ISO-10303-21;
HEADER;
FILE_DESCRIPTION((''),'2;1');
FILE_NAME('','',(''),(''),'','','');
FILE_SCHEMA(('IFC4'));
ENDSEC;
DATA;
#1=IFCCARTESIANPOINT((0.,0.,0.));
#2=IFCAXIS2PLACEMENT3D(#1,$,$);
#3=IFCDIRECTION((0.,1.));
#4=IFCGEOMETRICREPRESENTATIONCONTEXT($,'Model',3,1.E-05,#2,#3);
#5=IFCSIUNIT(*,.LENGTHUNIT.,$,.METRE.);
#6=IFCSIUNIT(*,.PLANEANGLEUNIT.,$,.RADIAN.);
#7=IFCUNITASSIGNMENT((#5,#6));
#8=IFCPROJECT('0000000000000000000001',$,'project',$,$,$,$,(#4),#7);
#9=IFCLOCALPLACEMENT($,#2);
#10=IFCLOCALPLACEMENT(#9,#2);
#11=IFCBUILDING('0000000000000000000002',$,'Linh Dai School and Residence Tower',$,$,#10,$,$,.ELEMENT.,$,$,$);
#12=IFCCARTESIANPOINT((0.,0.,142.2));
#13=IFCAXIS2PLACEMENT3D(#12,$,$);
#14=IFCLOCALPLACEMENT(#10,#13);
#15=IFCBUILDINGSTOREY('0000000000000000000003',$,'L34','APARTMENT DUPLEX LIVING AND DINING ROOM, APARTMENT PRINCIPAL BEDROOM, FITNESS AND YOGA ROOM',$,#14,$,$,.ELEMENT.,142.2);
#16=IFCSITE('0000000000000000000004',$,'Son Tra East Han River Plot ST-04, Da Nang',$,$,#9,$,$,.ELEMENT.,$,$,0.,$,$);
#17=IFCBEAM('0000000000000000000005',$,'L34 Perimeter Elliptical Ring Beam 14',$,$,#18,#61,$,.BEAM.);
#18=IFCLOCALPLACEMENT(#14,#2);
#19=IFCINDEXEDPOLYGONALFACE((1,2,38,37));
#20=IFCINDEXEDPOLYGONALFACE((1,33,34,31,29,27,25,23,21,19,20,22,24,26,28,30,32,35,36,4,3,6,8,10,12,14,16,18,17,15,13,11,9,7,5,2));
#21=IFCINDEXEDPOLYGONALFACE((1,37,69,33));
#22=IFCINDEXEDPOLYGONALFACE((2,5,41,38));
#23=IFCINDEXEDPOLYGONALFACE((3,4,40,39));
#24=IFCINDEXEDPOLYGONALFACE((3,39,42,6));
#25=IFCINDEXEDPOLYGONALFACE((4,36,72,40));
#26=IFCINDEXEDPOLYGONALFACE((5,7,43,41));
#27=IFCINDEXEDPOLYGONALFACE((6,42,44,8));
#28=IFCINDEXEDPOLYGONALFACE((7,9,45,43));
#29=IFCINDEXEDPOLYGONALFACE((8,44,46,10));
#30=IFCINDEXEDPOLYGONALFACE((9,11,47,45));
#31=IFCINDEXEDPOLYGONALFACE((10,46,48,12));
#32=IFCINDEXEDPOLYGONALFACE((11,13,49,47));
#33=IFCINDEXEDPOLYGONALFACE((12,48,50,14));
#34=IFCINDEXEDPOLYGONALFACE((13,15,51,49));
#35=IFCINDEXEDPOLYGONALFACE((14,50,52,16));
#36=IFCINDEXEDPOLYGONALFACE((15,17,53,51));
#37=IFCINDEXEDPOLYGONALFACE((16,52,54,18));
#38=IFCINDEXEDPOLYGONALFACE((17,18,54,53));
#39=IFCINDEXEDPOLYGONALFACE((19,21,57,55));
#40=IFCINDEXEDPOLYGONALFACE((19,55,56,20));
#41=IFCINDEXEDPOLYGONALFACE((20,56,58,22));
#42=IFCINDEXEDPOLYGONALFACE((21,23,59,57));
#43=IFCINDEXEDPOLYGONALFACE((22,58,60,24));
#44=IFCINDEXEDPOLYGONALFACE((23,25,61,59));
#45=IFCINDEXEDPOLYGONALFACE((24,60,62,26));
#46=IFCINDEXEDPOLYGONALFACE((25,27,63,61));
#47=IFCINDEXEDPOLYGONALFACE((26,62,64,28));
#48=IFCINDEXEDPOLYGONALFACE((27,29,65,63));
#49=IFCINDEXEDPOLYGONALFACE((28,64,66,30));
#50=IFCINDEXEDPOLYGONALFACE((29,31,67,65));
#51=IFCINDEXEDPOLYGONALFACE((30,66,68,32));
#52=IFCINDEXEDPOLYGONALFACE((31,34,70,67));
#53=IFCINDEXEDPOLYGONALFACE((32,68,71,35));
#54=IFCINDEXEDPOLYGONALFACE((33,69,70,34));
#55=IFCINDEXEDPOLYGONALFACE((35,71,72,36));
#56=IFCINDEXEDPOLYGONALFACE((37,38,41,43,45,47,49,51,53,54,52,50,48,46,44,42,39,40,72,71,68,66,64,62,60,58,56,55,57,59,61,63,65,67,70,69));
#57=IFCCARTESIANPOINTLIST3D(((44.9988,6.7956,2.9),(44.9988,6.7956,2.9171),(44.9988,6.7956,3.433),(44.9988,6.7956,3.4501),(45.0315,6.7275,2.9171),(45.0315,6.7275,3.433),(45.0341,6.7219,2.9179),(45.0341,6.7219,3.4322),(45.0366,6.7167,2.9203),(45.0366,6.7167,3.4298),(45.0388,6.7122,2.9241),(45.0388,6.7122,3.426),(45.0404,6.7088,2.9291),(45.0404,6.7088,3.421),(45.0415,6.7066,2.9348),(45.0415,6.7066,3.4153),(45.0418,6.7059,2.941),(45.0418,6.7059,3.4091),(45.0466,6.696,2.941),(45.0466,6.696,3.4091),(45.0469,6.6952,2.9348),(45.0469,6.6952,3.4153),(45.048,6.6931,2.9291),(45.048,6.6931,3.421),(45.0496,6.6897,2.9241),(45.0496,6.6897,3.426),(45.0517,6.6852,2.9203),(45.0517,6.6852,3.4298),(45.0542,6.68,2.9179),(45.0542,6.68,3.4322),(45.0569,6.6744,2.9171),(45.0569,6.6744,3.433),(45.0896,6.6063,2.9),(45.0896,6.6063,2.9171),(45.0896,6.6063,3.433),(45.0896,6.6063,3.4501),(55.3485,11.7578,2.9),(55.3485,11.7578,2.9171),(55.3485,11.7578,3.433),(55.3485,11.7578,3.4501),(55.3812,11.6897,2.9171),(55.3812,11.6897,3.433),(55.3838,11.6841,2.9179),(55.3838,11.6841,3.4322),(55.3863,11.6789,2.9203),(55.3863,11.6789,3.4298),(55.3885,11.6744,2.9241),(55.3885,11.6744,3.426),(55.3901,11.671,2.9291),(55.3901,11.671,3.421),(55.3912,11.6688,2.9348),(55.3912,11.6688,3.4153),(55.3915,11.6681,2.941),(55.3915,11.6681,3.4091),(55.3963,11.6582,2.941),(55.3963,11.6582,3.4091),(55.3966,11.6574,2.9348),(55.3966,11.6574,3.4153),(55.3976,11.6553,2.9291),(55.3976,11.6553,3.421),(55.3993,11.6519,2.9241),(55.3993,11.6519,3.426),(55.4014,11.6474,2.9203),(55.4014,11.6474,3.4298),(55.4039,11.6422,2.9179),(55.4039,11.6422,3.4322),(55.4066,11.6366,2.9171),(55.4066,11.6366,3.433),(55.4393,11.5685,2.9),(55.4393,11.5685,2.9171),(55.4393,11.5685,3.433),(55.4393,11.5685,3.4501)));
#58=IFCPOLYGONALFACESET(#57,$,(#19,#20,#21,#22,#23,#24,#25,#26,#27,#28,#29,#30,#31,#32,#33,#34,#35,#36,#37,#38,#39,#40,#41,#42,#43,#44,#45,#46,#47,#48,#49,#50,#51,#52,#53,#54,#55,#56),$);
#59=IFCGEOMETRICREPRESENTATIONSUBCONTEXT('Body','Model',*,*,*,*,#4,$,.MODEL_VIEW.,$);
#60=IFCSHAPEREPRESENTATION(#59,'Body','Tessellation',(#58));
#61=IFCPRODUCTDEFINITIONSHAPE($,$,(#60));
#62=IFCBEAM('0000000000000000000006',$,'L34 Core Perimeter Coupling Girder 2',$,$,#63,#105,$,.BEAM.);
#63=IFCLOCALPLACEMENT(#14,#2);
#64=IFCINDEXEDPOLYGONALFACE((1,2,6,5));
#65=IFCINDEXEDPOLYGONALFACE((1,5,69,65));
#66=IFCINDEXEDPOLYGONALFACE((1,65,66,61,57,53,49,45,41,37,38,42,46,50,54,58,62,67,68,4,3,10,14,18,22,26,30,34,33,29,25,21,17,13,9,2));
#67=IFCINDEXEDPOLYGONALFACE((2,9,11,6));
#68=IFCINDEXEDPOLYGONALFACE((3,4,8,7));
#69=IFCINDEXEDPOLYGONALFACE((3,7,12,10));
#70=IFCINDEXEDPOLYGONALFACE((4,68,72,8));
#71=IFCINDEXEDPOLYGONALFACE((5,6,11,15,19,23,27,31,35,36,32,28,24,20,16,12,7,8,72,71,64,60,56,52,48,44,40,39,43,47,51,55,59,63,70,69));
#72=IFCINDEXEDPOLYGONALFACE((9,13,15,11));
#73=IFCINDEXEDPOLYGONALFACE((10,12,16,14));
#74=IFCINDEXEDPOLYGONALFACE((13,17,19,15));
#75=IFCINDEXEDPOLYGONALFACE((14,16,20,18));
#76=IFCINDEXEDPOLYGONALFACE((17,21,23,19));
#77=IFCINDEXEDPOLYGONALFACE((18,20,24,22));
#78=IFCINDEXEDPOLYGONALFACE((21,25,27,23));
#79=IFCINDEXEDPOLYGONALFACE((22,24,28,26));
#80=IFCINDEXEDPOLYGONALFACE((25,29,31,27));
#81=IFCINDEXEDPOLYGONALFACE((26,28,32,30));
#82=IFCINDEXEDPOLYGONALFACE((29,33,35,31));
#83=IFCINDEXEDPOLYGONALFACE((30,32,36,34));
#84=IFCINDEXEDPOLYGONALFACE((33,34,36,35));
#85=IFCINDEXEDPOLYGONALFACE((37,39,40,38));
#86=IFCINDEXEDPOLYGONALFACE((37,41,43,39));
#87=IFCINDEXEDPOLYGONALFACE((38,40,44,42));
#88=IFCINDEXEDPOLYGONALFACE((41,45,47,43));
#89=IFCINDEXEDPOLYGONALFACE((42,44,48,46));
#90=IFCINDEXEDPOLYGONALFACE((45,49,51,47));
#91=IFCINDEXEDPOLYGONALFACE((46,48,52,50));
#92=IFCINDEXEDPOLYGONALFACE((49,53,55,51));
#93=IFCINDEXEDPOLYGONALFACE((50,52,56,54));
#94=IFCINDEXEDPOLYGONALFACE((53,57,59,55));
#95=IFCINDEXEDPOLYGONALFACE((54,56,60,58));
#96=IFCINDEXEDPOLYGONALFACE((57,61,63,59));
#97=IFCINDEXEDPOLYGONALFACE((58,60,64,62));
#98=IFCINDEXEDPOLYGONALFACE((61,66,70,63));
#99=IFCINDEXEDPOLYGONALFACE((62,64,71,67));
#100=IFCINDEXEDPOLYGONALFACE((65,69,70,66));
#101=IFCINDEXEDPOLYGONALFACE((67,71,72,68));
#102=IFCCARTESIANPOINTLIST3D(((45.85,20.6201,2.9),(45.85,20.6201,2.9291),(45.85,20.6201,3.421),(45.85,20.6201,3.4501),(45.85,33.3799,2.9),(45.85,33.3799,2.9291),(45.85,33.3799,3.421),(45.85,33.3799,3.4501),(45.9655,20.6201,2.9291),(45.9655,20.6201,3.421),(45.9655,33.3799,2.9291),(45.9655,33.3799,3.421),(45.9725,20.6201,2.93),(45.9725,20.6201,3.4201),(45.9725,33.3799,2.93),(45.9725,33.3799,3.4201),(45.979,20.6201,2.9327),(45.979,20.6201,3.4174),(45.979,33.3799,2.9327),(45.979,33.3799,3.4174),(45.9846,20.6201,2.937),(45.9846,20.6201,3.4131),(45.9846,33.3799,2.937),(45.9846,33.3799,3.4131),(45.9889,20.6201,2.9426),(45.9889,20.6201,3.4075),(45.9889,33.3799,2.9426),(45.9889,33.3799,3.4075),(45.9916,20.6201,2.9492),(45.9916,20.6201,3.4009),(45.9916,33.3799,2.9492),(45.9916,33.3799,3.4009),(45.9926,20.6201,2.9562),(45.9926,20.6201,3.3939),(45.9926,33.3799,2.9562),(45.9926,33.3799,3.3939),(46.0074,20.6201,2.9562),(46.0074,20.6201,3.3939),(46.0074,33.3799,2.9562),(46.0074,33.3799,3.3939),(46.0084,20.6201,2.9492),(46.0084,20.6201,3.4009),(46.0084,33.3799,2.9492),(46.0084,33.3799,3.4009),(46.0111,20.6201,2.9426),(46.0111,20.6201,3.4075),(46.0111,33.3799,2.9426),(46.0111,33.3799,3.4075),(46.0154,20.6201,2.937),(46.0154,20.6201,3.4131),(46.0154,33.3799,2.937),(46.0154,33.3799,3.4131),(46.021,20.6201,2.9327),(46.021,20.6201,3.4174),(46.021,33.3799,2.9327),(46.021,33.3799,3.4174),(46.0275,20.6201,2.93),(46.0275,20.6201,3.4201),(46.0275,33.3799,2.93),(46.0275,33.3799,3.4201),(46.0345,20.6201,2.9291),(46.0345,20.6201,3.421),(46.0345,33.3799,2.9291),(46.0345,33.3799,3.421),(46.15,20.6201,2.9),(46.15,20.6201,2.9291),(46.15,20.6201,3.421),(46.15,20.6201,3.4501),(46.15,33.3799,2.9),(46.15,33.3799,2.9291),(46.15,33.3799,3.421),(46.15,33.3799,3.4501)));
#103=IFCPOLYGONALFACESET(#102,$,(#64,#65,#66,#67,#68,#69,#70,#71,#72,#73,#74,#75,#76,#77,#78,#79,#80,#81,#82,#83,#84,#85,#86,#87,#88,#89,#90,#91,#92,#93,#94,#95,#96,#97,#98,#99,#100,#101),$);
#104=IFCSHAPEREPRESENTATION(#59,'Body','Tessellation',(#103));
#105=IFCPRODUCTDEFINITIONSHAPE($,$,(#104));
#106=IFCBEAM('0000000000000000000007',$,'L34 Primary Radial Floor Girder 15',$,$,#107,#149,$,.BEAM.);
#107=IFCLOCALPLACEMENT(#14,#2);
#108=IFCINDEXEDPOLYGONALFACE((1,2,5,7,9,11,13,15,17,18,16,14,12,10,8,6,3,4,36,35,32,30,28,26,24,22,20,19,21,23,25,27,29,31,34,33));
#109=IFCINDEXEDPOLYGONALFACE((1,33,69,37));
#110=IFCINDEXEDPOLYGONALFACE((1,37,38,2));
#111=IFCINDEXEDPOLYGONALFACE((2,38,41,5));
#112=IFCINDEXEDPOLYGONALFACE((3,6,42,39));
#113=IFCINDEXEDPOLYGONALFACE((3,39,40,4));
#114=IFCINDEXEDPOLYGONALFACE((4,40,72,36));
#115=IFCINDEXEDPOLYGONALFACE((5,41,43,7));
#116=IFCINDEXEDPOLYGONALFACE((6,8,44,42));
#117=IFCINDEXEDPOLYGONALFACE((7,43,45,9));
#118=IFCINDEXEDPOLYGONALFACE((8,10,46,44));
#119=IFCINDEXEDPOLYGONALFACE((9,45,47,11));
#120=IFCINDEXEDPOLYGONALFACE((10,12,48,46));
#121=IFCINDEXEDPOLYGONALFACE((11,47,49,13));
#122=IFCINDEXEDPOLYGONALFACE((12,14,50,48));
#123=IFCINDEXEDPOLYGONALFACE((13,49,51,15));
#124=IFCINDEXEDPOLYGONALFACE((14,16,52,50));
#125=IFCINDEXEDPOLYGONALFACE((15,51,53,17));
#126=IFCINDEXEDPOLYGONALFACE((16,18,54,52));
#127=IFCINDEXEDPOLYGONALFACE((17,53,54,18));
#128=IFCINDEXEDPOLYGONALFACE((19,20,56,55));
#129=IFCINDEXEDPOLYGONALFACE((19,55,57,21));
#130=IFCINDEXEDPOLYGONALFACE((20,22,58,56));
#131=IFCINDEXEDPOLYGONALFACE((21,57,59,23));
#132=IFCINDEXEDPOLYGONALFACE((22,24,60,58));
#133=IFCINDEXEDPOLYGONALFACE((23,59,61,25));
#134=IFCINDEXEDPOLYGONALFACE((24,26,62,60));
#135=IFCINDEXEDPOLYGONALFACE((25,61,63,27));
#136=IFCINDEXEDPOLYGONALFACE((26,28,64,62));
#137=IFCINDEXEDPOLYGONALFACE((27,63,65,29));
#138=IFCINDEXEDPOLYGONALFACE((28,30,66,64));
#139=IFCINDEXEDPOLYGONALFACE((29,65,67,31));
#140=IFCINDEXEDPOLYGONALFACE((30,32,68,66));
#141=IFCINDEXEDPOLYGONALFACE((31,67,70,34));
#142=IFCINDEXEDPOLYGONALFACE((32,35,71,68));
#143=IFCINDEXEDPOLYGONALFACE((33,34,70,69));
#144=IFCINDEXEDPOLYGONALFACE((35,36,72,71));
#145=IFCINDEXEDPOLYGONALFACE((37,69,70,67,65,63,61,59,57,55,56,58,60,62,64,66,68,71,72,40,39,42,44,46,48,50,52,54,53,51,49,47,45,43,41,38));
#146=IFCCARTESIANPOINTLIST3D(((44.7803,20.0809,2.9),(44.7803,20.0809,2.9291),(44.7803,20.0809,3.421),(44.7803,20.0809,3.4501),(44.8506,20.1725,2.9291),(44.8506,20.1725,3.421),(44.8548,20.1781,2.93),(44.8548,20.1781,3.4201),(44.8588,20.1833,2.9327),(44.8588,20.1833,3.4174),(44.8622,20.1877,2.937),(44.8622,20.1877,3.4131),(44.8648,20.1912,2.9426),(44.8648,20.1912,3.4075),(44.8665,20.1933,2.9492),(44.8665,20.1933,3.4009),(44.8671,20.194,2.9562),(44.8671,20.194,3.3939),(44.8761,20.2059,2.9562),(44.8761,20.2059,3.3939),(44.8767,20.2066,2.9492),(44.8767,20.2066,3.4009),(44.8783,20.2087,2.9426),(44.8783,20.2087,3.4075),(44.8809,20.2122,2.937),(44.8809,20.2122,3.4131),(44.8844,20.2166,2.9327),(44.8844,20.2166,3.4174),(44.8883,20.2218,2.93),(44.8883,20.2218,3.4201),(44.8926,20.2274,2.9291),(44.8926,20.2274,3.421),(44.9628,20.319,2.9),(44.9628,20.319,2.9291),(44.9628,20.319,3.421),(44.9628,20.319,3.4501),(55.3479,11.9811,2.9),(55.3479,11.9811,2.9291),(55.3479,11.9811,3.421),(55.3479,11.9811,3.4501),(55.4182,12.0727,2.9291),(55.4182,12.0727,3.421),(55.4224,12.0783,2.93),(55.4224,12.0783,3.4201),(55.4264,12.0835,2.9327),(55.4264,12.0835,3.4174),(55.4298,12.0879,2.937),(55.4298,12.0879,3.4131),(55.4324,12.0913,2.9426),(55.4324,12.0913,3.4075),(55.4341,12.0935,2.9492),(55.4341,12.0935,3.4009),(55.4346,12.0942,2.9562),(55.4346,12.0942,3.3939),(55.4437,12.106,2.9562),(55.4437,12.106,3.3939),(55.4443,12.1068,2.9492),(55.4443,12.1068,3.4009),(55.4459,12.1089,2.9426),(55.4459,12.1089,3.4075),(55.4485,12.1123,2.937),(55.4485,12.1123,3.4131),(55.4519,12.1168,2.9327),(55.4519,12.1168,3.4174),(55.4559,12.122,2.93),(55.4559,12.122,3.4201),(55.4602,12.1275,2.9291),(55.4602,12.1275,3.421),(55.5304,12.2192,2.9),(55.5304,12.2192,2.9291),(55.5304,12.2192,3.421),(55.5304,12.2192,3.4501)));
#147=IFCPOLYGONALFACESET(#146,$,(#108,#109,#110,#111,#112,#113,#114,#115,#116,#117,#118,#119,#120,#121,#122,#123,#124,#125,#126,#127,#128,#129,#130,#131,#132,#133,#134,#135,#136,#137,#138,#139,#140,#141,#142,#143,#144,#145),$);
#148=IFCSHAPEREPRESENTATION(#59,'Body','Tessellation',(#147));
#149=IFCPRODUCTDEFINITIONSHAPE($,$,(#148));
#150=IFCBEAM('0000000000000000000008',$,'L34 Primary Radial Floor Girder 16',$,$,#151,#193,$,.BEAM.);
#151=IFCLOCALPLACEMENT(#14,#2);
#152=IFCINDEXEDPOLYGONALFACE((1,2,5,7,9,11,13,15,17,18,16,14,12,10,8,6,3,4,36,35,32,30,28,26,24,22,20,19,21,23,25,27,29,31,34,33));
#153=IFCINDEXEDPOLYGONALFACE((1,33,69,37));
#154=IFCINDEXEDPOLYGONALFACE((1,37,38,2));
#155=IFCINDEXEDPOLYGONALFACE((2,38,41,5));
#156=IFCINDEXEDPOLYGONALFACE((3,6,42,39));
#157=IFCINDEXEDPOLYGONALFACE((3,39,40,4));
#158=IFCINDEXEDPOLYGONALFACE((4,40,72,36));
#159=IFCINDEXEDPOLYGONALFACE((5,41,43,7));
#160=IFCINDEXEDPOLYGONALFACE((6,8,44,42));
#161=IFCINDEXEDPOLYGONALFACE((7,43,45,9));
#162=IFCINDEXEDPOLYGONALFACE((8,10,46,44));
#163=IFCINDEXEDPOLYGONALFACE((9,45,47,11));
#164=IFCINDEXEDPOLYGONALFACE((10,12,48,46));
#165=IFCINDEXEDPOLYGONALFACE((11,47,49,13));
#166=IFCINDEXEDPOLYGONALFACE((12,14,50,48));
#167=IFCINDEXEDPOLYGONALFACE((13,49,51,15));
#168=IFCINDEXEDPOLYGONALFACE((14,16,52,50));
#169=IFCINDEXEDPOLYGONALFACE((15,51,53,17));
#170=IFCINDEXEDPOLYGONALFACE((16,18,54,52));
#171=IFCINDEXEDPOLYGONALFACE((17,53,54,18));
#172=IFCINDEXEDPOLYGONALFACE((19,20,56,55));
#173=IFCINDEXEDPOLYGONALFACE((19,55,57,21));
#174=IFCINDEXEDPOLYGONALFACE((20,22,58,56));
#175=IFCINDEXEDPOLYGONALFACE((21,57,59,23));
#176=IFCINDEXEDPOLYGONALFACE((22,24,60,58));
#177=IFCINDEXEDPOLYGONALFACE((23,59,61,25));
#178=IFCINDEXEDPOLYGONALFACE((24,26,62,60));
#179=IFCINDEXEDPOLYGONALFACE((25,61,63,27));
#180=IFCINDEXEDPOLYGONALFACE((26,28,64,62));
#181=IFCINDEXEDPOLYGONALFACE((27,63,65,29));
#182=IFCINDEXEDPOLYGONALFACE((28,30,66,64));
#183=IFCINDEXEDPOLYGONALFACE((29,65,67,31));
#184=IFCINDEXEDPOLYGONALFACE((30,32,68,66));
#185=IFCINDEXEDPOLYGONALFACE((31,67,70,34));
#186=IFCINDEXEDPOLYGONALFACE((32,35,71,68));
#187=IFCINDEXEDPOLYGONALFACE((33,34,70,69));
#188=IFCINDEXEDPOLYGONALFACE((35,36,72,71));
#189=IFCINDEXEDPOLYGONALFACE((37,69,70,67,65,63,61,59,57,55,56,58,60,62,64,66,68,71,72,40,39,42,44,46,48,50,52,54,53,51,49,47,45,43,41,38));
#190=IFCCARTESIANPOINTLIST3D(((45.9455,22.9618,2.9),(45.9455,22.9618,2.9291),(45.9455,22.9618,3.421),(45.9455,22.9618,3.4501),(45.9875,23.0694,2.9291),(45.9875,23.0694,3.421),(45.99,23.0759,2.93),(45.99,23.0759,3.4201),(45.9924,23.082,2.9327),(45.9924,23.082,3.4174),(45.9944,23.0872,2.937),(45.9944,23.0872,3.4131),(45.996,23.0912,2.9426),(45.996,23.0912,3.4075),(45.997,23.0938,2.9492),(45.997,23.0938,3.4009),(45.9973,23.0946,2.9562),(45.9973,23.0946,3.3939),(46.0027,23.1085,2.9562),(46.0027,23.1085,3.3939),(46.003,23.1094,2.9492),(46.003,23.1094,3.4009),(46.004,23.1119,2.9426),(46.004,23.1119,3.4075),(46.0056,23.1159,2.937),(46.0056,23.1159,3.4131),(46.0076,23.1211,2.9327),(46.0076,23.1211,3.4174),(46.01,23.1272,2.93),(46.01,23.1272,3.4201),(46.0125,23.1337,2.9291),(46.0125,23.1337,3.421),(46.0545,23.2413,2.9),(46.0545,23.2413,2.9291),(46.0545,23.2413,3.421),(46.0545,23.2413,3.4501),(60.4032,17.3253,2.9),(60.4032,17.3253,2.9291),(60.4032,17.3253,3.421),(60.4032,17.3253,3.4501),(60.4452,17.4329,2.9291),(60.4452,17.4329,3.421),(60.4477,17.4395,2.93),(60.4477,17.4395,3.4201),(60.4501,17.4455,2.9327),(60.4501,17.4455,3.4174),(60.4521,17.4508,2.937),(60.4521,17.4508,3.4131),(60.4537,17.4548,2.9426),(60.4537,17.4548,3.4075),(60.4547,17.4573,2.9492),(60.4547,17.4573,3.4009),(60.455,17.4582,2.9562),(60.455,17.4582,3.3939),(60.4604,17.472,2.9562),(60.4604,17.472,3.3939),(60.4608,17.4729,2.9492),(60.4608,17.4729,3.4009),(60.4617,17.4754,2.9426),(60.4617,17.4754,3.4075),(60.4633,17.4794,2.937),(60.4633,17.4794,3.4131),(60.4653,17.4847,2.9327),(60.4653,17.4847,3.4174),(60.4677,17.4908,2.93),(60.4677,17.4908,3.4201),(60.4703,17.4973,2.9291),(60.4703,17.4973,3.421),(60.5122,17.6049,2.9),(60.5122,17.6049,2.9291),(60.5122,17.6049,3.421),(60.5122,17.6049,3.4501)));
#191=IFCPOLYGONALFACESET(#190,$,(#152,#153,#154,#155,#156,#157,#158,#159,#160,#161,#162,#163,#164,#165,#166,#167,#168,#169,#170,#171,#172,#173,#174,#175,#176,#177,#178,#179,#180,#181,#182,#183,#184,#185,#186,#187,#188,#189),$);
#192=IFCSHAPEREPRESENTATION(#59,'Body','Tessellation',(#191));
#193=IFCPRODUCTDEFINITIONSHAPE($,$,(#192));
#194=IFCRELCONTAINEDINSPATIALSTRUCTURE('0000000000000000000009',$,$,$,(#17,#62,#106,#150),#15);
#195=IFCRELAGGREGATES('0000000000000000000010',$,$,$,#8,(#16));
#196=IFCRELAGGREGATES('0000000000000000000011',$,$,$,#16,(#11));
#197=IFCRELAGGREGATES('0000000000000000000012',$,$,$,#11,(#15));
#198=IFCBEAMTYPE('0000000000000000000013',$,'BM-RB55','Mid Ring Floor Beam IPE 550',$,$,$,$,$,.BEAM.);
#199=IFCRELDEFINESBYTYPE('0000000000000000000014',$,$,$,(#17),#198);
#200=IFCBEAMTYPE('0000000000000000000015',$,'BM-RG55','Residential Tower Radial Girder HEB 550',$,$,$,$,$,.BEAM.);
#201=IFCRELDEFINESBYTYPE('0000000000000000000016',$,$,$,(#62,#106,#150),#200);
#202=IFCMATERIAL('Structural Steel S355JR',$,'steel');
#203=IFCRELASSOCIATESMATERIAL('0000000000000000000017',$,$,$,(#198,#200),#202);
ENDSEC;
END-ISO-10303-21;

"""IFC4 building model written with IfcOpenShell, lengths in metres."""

from ifc_helpers import new_model, si_unit, direction, frame, origin, origin_2d, place, context, subcontext, project, spatial, i_section, extrude, material, material_profile, profile_set, type_object, element, save


model = new_model("IFC4")

# Units and contexts
model_context = context("Model", 3, precision=1e-05, world=origin(), true_north=direction((0.0, 1.0)))
body_context = subcontext(model_context, "Body", "Model", "MODEL_VIEW")
ifc_project = project(units=[si_unit("LENGTHUNIT", "METRE"), si_unit("PLANEANGLEUNIT", "RADIAN")], contexts=[model_context])

# Site, building, storey
site_placement = place(None, origin())
site = spatial("IfcSite", under=ifc_project, at=site_placement, Name="Son Tra East Han River Plot ST-04, Da Nang", CompositionType="ELEMENT", RefElevation=0.0)
building_placement = place(site_placement, origin())
building = spatial("IfcBuilding", under=site, at=building_placement, Name="Linh Dai School and Residence Tower", CompositionType="ELEMENT")
storey_placement = place(building_placement, frame((0.0, 0.0, 142.2)))
storey = spatial("IfcBuildingStorey", under=building, at=storey_placement, Name="L34", Description="APARTMENT DUPLEX LIVING AND DINING ROOM, APARTMENT PRINCIPAL BEDROOM, FITNESS AND YOGA ROOM", CompositionType="ELEMENT", Elevation=142.2)

# Shared definitions
ifc_material_1 = material(Name="Structural Steel S355JR", Category="steel")

# Beams
ifc_material_profile_1 = material_profile(ifc_material_1, i_section(OverallWidth=0.21, OverallDepth=0.55, WebThickness=0.011, FlangeThickness=0.0171, FilletRadius=0.0239, at=origin_2d()), Name="IPE 550")
ifc_profile_set_1 = profile_set([ifc_material_profile_1], Name="Structural Steel S355JR")
beam_type_1 = type_object("IfcBeamType", Name="BM-RB55", Description="Mid Ring Floor Beam IPE 550", PredefinedType="BEAM", material=ifc_profile_set_1)
beam_1_placement = place(storey_placement, frame((45.0442, 6.7009, 3.175), z_axis=(0.901715, 0.432331, 0.0), x_axis=(-0.432331, 0.901715, 0.0)))
element("IfcBeam", 1, at=beam_1_placement, inside=storey, type_object=beam_type_1, Name="L34 Perimeter Elliptical Ring Beam 14", PredefinedType="BEAM", context=body_context, shape_type="SweptSolid", body=[
    extrude(i_section(OverallWidth=0.21, OverallDepth=0.55, WebThickness=0.011, FlangeThickness=0.0171, FilletRadius=0.0239, at=origin_2d()), origin(), (0.0, 0.0, 1.0), 11.4778),
])
ifc_material_profile_2 = material_profile(ifc_material_1, i_section(OverallWidth=0.3, OverallDepth=0.55, WebThickness=0.0149, FlangeThickness=0.0291, FilletRadius=0.0271, at=origin_2d()), Name="HEB 550")
ifc_profile_set_2 = profile_set([ifc_material_profile_2], Name="Structural Steel S355JR")
beam_type_2 = type_object("IfcBeamType", Name="BM-RG55", Description="Residential Tower Radial Girder HEB 550", PredefinedType="BEAM", material=ifc_profile_set_2)
beam_2_placement = place(storey_placement, frame((46.0, 20.6201, 3.175), z_axis=(0.0, 1.0, 0.0), x_axis=(-1.0, 0.0, 0.0)))
element("IfcBeam", 2, at=beam_2_placement, inside=storey, type_object=beam_type_2, Name="L34 Core Perimeter Coupling Girder 2", PredefinedType="BEAM", context=body_context, shape_type="SweptSolid", body=[
    extrude(i_section(OverallWidth=0.3, OverallDepth=0.55, WebThickness=0.0149, FlangeThickness=0.0291, FilletRadius=0.0271, at=origin_2d()), origin(), (0.0, 0.0, 1.0), 12.7598),
])
beam_3_placement = place(storey_placement, frame((44.8716, 20.2, 3.175), z_axis=(0.793679, -0.608337, 0.0), x_axis=(0.608337, 0.793679, 0.0)))
element("IfcBeam", 3, at=beam_3_placement, inside=storey, type_object=beam_type_2, Name="L34 Primary Radial Floor Girder 15", PredefinedType="BEAM", context=body_context, shape_type="SweptSolid", body=[
    extrude(i_section(OverallWidth=0.3, OverallDepth=0.55, WebThickness=0.0149, FlangeThickness=0.0291, FilletRadius=0.0271, at=origin_2d()), origin(), (0.0, 0.0, 1.0), 13.3147),
])
beam_4_placement = place(storey_placement, frame((46.0, 23.1016, 3.175), z_axis=(0.931699, -0.36323, 0.0), x_axis=(0.36323, 0.931699, 0.0)))
element("IfcBeam", 4, at=beam_4_placement, inside=storey, type_object=beam_type_2, Name="L34 Primary Radial Floor Girder 16", PredefinedType="BEAM", context=body_context, shape_type="SweptSolid", body=[
    extrude(i_section(OverallWidth=0.3, OverallDepth=0.55, WebThickness=0.0149, FlangeThickness=0.0291, FilletRadius=0.0271, at=origin_2d()), origin(), (0.0, 0.0, 1.0), 15.5176),
])

save(model, "model.ifc")
